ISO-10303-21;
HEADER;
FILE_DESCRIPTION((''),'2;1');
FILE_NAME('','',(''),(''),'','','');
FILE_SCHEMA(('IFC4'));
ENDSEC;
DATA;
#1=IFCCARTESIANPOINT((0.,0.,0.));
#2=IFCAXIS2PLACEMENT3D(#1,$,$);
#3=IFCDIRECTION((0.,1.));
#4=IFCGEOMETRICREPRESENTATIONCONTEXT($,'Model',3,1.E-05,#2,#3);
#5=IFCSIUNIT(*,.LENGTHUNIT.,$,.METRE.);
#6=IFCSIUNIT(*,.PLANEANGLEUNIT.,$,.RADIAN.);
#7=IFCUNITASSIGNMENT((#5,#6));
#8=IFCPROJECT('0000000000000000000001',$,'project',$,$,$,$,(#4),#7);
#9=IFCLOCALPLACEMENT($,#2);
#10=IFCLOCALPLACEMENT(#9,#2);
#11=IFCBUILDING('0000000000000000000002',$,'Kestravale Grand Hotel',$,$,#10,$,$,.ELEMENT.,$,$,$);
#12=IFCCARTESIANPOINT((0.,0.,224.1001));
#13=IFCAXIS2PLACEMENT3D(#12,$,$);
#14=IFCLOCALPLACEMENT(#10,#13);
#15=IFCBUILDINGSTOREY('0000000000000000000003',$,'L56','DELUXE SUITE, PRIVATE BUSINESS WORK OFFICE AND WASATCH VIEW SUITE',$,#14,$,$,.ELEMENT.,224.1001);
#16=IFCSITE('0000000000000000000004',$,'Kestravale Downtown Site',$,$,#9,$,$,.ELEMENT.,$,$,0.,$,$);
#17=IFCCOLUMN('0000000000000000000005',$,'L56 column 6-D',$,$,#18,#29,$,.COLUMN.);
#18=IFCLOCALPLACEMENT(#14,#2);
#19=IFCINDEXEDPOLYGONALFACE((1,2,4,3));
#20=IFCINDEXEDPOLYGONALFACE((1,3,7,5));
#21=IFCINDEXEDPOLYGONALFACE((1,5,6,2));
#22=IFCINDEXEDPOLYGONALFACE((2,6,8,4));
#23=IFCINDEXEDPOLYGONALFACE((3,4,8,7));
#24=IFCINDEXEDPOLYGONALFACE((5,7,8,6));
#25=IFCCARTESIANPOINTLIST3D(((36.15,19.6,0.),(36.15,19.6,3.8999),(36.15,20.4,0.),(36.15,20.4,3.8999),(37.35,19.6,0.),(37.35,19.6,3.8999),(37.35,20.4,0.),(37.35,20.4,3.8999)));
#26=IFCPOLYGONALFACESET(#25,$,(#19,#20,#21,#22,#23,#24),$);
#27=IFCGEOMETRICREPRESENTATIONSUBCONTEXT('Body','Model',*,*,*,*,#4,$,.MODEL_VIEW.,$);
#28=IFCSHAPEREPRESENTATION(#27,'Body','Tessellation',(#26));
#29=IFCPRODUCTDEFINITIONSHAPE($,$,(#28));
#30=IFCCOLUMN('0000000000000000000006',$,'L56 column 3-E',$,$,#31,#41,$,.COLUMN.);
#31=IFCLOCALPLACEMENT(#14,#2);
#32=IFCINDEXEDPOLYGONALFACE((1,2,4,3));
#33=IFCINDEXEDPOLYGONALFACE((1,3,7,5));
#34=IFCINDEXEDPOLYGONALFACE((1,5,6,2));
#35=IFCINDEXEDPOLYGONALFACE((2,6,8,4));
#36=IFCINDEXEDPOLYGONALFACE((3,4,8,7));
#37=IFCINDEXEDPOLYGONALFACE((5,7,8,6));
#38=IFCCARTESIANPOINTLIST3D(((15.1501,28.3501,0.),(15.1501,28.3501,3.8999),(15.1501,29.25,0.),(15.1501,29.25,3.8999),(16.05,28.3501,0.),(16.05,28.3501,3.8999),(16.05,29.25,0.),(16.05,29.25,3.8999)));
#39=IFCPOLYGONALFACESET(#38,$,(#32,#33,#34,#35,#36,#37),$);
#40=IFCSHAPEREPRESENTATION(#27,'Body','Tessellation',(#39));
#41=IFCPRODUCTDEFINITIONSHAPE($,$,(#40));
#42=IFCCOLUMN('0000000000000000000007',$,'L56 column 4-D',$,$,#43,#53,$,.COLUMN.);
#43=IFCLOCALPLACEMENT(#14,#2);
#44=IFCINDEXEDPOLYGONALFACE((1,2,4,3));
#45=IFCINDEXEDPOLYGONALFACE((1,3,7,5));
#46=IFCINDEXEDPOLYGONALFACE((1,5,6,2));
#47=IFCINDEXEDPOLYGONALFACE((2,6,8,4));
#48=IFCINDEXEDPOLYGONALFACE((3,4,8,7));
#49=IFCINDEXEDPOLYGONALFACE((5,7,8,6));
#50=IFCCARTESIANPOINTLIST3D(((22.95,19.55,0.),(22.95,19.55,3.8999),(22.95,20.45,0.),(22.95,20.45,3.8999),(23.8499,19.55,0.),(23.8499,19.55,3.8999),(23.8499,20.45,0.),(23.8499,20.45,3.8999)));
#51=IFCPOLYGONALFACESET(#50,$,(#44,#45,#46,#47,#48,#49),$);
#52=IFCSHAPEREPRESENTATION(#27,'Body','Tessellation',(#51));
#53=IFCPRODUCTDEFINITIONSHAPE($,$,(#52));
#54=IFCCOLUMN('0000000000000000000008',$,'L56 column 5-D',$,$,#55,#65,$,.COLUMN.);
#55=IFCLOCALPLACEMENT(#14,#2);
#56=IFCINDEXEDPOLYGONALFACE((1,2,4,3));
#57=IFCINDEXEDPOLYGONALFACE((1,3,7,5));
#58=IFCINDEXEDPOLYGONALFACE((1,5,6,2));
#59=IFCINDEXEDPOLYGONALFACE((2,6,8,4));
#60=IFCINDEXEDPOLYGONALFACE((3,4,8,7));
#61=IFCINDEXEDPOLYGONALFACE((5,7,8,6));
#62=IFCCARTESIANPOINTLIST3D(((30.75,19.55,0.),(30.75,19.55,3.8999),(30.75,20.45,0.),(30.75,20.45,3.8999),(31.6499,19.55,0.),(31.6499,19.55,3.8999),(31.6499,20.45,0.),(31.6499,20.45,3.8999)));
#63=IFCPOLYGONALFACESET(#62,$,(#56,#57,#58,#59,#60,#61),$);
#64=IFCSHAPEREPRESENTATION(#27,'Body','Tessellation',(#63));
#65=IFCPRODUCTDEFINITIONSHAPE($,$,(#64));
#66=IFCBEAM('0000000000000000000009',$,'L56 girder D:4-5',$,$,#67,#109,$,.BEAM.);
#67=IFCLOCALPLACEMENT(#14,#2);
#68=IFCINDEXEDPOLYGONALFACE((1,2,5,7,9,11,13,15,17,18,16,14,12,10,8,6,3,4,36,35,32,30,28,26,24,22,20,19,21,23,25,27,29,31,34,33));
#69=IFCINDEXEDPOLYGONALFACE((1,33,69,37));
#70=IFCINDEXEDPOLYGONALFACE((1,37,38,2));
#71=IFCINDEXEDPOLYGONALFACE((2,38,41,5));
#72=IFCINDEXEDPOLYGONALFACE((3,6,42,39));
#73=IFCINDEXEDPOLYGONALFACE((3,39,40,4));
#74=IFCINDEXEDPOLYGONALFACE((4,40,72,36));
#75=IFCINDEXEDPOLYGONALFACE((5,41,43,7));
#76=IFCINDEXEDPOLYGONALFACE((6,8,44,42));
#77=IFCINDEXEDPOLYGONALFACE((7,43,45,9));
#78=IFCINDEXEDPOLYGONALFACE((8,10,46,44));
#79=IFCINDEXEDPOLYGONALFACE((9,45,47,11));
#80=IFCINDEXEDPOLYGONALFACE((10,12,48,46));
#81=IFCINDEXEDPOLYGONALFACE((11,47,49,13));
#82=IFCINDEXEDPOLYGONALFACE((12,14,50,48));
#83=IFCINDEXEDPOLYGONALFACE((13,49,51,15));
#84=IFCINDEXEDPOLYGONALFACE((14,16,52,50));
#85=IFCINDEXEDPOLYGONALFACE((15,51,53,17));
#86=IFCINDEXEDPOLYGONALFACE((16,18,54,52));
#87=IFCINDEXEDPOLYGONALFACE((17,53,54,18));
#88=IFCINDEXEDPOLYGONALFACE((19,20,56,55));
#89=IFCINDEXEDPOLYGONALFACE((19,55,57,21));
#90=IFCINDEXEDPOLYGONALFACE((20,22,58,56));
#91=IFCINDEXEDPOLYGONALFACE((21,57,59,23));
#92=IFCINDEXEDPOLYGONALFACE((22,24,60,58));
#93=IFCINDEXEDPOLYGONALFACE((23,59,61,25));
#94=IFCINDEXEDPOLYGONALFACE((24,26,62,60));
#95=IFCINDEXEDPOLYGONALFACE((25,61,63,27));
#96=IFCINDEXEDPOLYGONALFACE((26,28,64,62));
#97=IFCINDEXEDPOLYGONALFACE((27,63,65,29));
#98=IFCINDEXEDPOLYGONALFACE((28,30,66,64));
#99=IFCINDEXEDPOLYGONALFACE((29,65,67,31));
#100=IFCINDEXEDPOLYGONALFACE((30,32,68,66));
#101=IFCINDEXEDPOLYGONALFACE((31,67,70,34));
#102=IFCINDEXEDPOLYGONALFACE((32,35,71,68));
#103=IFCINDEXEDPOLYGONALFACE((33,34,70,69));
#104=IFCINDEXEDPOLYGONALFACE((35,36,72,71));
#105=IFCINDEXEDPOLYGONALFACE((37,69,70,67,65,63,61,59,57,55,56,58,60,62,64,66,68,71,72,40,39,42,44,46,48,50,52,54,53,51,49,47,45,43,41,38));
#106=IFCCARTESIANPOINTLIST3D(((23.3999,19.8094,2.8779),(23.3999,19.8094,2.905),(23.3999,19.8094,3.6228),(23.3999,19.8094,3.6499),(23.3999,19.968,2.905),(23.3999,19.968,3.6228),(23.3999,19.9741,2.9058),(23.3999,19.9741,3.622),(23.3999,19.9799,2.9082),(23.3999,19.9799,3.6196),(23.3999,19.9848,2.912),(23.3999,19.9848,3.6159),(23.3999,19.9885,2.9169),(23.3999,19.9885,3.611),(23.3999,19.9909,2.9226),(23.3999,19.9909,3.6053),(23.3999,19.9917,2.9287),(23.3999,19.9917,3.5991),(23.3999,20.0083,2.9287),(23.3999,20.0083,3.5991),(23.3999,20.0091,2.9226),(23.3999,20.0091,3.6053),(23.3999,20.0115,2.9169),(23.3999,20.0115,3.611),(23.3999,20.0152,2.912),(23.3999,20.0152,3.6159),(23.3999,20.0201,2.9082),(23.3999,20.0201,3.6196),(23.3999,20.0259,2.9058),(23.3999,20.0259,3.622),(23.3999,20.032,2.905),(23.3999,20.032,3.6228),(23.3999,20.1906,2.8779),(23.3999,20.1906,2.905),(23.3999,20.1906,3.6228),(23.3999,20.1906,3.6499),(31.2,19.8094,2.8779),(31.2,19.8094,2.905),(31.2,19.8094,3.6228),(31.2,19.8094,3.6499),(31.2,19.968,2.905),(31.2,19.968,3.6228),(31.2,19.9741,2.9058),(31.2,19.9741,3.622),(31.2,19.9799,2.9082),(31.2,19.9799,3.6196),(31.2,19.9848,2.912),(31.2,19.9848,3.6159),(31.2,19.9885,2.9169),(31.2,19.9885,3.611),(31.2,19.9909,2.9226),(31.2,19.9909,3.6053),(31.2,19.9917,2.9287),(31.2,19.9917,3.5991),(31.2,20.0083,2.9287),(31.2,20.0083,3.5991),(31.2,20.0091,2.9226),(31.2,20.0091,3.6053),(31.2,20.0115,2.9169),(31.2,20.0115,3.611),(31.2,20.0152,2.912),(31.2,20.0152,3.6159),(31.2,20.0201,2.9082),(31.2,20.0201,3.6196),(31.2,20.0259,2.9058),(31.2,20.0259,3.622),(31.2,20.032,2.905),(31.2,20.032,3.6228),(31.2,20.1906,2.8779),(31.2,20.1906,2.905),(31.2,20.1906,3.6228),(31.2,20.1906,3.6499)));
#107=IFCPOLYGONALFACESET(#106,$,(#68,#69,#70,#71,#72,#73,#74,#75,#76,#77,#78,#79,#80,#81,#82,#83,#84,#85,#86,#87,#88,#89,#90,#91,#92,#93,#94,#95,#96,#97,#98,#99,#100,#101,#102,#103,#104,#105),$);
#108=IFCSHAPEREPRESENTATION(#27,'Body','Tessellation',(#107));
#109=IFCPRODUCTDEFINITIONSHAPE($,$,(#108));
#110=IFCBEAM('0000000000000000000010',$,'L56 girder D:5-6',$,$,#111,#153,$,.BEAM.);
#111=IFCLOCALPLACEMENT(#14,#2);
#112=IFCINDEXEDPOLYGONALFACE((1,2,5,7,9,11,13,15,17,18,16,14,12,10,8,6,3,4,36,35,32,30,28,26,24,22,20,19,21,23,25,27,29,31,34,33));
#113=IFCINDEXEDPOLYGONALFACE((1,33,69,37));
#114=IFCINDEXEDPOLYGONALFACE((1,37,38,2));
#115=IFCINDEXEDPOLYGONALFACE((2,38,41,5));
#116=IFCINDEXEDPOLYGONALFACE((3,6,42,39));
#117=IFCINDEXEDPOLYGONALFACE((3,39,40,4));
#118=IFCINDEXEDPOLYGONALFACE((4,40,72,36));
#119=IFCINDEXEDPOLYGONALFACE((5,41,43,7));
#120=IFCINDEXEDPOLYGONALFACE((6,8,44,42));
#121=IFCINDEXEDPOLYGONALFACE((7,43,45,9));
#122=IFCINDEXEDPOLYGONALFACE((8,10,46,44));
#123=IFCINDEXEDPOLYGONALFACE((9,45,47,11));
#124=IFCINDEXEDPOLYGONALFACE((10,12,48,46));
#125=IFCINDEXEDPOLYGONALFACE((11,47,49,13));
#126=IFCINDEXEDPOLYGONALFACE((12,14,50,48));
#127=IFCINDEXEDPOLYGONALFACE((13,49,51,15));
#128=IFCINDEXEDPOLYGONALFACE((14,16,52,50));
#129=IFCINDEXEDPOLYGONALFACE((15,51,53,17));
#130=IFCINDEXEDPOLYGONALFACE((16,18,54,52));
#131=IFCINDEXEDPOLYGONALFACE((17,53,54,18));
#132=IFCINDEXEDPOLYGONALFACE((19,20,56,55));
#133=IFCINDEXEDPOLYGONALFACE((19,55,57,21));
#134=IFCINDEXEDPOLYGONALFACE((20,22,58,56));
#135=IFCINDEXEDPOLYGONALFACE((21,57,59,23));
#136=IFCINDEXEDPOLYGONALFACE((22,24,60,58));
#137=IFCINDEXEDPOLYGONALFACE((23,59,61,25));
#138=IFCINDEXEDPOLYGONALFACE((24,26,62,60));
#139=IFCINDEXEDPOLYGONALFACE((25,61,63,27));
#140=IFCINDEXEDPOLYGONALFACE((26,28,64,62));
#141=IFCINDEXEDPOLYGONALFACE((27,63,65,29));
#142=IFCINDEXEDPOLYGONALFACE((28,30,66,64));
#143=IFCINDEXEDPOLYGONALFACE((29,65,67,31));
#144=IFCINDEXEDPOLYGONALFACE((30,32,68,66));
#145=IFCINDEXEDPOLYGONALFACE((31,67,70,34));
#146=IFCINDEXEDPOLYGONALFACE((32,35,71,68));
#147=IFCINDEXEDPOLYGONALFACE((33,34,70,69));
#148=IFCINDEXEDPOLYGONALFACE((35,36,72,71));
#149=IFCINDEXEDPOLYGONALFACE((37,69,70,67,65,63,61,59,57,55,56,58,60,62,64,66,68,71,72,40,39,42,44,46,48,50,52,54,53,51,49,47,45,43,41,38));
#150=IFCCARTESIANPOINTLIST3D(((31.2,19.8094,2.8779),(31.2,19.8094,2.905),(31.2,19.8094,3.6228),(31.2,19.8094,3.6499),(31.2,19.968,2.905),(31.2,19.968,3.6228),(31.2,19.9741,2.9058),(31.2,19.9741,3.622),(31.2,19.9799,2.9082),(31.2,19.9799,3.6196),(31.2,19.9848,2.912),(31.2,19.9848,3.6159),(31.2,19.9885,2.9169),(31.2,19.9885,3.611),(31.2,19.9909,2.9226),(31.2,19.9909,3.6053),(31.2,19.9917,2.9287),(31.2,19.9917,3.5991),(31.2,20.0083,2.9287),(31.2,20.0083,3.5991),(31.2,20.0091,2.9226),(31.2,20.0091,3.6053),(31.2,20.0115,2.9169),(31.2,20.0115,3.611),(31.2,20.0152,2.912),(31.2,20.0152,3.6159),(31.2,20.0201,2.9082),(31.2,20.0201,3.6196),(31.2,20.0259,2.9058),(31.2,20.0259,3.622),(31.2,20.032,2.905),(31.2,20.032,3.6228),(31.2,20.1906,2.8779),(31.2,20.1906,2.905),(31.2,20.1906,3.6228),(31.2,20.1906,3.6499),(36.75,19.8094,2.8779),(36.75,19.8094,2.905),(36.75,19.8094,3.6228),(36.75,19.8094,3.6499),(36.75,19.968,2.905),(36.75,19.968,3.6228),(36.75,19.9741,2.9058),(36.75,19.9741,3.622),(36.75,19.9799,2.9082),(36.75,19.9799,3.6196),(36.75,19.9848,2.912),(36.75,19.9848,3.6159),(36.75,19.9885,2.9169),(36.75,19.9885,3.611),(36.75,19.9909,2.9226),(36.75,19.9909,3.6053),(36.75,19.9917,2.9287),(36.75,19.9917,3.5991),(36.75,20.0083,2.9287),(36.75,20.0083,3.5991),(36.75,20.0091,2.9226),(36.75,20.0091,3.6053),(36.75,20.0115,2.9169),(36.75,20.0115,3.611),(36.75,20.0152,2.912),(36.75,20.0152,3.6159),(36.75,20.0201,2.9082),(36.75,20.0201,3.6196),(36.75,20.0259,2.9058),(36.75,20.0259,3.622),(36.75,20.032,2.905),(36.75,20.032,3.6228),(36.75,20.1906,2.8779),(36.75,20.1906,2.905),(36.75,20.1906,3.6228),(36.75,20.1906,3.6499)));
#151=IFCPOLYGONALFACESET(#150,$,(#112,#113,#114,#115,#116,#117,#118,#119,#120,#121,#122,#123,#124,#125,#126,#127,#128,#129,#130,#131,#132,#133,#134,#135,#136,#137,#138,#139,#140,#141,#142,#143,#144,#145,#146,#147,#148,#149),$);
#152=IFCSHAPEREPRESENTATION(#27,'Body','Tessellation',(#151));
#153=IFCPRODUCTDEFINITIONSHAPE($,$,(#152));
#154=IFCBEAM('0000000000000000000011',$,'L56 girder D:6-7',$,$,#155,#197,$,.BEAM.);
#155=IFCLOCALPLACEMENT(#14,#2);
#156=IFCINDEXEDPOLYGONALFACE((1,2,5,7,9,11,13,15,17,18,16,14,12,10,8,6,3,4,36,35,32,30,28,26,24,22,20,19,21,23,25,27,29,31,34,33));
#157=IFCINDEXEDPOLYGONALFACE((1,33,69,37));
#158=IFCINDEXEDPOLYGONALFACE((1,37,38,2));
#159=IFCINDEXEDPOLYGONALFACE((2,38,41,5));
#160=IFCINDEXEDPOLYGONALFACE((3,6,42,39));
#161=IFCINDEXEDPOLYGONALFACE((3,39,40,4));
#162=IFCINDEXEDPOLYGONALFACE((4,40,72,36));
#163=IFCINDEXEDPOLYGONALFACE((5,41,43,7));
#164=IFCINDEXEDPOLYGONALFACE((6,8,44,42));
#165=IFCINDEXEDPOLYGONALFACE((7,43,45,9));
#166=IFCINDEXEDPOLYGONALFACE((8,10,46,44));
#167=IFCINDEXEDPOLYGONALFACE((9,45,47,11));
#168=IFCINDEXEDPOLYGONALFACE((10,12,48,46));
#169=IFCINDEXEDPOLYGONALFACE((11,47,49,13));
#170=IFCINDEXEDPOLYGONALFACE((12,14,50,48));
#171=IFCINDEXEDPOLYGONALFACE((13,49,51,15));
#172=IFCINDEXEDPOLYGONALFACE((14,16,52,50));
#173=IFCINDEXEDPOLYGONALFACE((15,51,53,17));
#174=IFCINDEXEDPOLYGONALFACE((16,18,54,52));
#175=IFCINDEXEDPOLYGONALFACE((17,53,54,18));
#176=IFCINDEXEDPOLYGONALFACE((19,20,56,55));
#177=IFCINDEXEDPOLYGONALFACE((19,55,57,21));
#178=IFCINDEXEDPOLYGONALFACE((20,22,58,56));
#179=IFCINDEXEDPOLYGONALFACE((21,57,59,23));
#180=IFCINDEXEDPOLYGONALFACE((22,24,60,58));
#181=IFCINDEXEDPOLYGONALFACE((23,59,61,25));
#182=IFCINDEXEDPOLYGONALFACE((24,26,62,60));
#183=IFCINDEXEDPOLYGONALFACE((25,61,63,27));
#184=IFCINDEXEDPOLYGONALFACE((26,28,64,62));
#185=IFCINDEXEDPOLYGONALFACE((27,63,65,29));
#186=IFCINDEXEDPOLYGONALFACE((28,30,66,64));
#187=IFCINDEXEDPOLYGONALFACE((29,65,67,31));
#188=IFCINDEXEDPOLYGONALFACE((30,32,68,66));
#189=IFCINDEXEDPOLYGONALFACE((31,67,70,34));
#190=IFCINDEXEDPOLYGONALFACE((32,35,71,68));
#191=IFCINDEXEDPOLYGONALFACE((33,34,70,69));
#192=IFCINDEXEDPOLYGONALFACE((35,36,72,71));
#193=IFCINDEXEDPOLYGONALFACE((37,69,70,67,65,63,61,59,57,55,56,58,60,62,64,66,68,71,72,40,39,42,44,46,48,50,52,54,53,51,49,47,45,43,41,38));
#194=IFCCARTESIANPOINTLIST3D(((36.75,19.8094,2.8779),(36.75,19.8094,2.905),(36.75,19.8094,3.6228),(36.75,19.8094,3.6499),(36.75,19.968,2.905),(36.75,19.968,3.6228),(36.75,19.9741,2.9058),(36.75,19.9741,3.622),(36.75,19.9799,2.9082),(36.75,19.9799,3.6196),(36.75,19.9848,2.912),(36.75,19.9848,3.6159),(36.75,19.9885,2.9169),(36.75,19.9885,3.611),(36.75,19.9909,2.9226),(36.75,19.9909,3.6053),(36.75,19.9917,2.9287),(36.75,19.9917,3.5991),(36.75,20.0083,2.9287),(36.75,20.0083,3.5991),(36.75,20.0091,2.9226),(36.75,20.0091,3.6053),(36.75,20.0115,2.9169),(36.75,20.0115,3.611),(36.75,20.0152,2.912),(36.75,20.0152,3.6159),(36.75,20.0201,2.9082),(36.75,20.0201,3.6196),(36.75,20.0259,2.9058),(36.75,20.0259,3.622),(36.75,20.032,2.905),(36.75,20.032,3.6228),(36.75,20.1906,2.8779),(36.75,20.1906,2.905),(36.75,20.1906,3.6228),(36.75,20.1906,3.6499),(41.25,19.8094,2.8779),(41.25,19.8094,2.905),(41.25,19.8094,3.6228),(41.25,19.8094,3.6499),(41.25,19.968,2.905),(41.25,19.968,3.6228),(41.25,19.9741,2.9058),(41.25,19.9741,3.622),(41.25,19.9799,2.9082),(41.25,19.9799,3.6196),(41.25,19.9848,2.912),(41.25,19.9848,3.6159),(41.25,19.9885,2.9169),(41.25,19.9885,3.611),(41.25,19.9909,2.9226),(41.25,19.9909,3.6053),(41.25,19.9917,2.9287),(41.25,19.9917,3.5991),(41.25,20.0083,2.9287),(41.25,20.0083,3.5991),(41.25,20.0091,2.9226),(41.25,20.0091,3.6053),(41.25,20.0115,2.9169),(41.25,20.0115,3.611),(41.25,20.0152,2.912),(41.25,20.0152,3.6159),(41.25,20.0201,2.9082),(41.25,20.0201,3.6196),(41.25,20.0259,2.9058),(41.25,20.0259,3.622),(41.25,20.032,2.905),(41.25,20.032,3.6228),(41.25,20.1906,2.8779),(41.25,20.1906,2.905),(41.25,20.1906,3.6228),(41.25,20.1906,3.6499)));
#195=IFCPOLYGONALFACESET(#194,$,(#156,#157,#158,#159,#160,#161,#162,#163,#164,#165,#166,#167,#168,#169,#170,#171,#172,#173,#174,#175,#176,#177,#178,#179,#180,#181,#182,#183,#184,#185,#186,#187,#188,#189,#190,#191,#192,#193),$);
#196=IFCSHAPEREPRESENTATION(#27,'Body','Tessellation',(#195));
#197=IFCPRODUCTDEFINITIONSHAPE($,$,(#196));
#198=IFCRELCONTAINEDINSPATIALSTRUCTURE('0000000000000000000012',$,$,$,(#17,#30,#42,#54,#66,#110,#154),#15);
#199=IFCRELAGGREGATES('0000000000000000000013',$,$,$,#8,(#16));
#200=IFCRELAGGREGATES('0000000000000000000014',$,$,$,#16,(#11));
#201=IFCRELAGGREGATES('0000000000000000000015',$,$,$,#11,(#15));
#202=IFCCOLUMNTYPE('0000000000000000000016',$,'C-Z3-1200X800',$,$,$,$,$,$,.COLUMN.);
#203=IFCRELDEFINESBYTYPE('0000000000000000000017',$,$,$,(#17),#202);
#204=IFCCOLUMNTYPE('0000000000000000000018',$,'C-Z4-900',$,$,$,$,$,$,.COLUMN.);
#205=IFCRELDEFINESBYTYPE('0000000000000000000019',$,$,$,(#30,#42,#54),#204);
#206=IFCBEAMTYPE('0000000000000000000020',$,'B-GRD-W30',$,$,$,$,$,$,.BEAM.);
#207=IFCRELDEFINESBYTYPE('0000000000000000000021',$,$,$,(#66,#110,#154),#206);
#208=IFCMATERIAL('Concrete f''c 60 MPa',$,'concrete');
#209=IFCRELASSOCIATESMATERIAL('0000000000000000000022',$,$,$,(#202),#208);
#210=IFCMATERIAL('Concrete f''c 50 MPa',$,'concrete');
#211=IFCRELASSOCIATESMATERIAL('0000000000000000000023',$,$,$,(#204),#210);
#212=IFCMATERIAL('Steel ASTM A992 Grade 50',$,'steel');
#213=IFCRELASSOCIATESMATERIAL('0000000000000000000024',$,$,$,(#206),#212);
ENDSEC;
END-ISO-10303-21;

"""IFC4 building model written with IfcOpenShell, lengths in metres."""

from ifc_helpers import new_model, si_unit, direction, frame, origin, origin_2d, place, context, subcontext, project, spatial, rectangle, i_section, extrude, material, material_profile, profile_set, type_object, element, save


model = new_model("IFC4")

# Units and contexts
model_context = context("Model", 3, precision=1e-05, world=origin(), true_north=direction((0.0, 1.0)))
body_context = subcontext(model_context, "Body", "Model", "MODEL_VIEW")
ifc_project = project(units=[si_unit("LENGTHUNIT", "METRE"), si_unit("PLANEANGLEUNIT", "RADIAN")], contexts=[model_context])

# Site, building, storey
site_placement = place(None, origin())
site = spatial("IfcSite", under=ifc_project, at=site_placement, Name="Kestravale Downtown Site", CompositionType="ELEMENT", RefElevation=0.0)
building_placement = place(site_placement, origin())
building = spatial("IfcBuilding", under=site, at=building_placement, Name="Kestravale Grand Hotel", CompositionType="ELEMENT")
storey_placement = place(building_placement, frame((0.0, 0.0, 224.1001)))
storey = spatial("IfcBuildingStorey", under=building, at=storey_placement, Name="L56", Description="DELUXE SUITE, PRIVATE BUSINESS WORK OFFICE AND WASATCH VIEW SUITE", CompositionType="ELEMENT", Elevation=224.1001)

# Columns
ifc_material_1 = material(Name="Concrete f'c 60 MPa", Category="concrete")
ifc_material_profile_1 = material_profile(ifc_material_1, rectangle(XDim=1.2, YDim=0.8, at=origin_2d()))
ifc_profile_set_1 = profile_set([ifc_material_profile_1], Name="Concrete f'c 60 MPa")
column_type_1 = type_object("IfcColumnType", Name="C-Z3-1200X800", PredefinedType="COLUMN", material=ifc_profile_set_1)
column_placement = place(storey_placement, frame((36.75, 20.0, 0.0), z_axis=(0.0, 0.0, 1.0), x_axis=(1.0, 0.0, 0.0)))
element("IfcColumn", 1, at=column_placement, inside=storey, type_object=column_type_1, Name="L56 column 6-D", PredefinedType="COLUMN", context=body_context, shape_type="SweptSolid", body=[
    extrude(rectangle(XDim=1.2, YDim=0.8, at=origin_2d()), origin(), (0.0, 0.0, 1.0), 3.8999),
])
ifc_material_2 = material(Name="Concrete f'c 50 MPa", Category="concrete")
ifc_material_profile_2 = material_profile(ifc_material_2, rectangle(XDim=0.8999, YDim=0.8999, at=origin_2d()))
ifc_profile_set_2 = profile_set([ifc_material_profile_2], Name="Concrete f'c 50 MPa")
column_type_2 = type_object("IfcColumnType", Name="C-Z4-900", PredefinedType="COLUMN", material=ifc_profile_set_2)
for number, where, z_axis, x_axis, name in (
    (2, (15.6001, 28.8, 0.0), (0.0, 0.0, 1.0), (1.0, 0.0, 0.0), "L56 column 3-E"),
    (3, (23.3999, 20.0, 0.0), (0.0, 0.0, 1.0), (1.0, 0.0, 0.0), "L56 column 4-D"),
    (4, (31.2, 20.0, 0.0), (0.0, 0.0, 1.0), (1.0, 0.0, 0.0), "L56 column 5-D"),
):
    element("IfcColumn", number, at=place(storey_placement, frame(where, z_axis=z_axis, x_axis=x_axis)), inside=storey, type_object=column_type_2, Name=name, PredefinedType="COLUMN", context=body_context, shape_type="SweptSolid", body=[
        extrude(rectangle(XDim=0.8999, YDim=0.8999, at=origin_2d()), origin(), (0.0, 0.0, 1.0), 3.8999),
    ])

# Beams
ifc_material_3 = material(Name="Steel ASTM A992 Grade 50", Category="steel")
ifc_material_profile_3 = material_profile(ifc_material_3, i_section(OverallWidth=0.3811, OverallDepth=0.772, WebThickness=0.0166, FlangeThickness=0.0271, FilletRadius=0.0237, at=origin_2d()))
ifc_profile_set_3 = profile_set([ifc_material_profile_3], Name="Steel ASTM A992 Grade 50")
beam_type = type_object("IfcBeamType", Name="B-GRD-W30", PredefinedType="BEAM", material=ifc_profile_set_3)
beam_1_placement = place(storey_placement, frame((23.3999, 20.0, 3.2639), z_axis=(1.0, 0.0, 0.0), x_axis=(0.0, 1.0, 0.0)))
element("IfcBeam", 5, at=beam_1_placement, inside=storey, type_object=beam_type, Name="L56 girder D:4-5", PredefinedType="BEAM", context=body_context, shape_type="SweptSolid", body=[
    extrude(i_section(OverallWidth=0.3811, OverallDepth=0.772, WebThickness=0.0166, FlangeThickness=0.0271, FilletRadius=0.0237, at=origin_2d()), origin(), (0.0, 0.0, 1.0), 7.8),
])
beam_2_placement = place(storey_placement, frame((31.2, 20.0, 3.2639), z_axis=(1.0, 0.0, 0.0), x_axis=(0.0, 1.0, 0.0)))
element("IfcBeam", 6, at=beam_2_placement, inside=storey, type_object=beam_type, Name="L56 girder D:5-6", PredefinedType="BEAM", context=body_context, shape_type="SweptSolid", body=[
    extrude(i_section(OverallWidth=0.3811, OverallDepth=0.772, WebThickness=0.0166, FlangeThickness=0.0271, FilletRadius=0.0237, at=origin_2d()), origin(), (0.0, 0.0, 1.0), 5.55),
])
beam_3_placement = place(storey_placement, frame((36.75, 20.0, 3.2639), z_axis=(1.0, 0.0, 0.0), x_axis=(0.0, 1.0, 0.0)))
element("IfcBeam", 7, at=beam_3_placement, inside=storey, type_object=beam_type, Name="L56 girder D:6-7", PredefinedType="BEAM", context=body_context, shape_type="SweptSolid", body=[
    extrude(i_section(OverallWidth=0.3811, OverallDepth=0.772, WebThickness=0.0166, FlangeThickness=0.0271, FilletRadius=0.0237, at=origin_2d()), origin(), (0.0, 0.0, 1.0), 4.5),
])

save(model, "model.ifc")
